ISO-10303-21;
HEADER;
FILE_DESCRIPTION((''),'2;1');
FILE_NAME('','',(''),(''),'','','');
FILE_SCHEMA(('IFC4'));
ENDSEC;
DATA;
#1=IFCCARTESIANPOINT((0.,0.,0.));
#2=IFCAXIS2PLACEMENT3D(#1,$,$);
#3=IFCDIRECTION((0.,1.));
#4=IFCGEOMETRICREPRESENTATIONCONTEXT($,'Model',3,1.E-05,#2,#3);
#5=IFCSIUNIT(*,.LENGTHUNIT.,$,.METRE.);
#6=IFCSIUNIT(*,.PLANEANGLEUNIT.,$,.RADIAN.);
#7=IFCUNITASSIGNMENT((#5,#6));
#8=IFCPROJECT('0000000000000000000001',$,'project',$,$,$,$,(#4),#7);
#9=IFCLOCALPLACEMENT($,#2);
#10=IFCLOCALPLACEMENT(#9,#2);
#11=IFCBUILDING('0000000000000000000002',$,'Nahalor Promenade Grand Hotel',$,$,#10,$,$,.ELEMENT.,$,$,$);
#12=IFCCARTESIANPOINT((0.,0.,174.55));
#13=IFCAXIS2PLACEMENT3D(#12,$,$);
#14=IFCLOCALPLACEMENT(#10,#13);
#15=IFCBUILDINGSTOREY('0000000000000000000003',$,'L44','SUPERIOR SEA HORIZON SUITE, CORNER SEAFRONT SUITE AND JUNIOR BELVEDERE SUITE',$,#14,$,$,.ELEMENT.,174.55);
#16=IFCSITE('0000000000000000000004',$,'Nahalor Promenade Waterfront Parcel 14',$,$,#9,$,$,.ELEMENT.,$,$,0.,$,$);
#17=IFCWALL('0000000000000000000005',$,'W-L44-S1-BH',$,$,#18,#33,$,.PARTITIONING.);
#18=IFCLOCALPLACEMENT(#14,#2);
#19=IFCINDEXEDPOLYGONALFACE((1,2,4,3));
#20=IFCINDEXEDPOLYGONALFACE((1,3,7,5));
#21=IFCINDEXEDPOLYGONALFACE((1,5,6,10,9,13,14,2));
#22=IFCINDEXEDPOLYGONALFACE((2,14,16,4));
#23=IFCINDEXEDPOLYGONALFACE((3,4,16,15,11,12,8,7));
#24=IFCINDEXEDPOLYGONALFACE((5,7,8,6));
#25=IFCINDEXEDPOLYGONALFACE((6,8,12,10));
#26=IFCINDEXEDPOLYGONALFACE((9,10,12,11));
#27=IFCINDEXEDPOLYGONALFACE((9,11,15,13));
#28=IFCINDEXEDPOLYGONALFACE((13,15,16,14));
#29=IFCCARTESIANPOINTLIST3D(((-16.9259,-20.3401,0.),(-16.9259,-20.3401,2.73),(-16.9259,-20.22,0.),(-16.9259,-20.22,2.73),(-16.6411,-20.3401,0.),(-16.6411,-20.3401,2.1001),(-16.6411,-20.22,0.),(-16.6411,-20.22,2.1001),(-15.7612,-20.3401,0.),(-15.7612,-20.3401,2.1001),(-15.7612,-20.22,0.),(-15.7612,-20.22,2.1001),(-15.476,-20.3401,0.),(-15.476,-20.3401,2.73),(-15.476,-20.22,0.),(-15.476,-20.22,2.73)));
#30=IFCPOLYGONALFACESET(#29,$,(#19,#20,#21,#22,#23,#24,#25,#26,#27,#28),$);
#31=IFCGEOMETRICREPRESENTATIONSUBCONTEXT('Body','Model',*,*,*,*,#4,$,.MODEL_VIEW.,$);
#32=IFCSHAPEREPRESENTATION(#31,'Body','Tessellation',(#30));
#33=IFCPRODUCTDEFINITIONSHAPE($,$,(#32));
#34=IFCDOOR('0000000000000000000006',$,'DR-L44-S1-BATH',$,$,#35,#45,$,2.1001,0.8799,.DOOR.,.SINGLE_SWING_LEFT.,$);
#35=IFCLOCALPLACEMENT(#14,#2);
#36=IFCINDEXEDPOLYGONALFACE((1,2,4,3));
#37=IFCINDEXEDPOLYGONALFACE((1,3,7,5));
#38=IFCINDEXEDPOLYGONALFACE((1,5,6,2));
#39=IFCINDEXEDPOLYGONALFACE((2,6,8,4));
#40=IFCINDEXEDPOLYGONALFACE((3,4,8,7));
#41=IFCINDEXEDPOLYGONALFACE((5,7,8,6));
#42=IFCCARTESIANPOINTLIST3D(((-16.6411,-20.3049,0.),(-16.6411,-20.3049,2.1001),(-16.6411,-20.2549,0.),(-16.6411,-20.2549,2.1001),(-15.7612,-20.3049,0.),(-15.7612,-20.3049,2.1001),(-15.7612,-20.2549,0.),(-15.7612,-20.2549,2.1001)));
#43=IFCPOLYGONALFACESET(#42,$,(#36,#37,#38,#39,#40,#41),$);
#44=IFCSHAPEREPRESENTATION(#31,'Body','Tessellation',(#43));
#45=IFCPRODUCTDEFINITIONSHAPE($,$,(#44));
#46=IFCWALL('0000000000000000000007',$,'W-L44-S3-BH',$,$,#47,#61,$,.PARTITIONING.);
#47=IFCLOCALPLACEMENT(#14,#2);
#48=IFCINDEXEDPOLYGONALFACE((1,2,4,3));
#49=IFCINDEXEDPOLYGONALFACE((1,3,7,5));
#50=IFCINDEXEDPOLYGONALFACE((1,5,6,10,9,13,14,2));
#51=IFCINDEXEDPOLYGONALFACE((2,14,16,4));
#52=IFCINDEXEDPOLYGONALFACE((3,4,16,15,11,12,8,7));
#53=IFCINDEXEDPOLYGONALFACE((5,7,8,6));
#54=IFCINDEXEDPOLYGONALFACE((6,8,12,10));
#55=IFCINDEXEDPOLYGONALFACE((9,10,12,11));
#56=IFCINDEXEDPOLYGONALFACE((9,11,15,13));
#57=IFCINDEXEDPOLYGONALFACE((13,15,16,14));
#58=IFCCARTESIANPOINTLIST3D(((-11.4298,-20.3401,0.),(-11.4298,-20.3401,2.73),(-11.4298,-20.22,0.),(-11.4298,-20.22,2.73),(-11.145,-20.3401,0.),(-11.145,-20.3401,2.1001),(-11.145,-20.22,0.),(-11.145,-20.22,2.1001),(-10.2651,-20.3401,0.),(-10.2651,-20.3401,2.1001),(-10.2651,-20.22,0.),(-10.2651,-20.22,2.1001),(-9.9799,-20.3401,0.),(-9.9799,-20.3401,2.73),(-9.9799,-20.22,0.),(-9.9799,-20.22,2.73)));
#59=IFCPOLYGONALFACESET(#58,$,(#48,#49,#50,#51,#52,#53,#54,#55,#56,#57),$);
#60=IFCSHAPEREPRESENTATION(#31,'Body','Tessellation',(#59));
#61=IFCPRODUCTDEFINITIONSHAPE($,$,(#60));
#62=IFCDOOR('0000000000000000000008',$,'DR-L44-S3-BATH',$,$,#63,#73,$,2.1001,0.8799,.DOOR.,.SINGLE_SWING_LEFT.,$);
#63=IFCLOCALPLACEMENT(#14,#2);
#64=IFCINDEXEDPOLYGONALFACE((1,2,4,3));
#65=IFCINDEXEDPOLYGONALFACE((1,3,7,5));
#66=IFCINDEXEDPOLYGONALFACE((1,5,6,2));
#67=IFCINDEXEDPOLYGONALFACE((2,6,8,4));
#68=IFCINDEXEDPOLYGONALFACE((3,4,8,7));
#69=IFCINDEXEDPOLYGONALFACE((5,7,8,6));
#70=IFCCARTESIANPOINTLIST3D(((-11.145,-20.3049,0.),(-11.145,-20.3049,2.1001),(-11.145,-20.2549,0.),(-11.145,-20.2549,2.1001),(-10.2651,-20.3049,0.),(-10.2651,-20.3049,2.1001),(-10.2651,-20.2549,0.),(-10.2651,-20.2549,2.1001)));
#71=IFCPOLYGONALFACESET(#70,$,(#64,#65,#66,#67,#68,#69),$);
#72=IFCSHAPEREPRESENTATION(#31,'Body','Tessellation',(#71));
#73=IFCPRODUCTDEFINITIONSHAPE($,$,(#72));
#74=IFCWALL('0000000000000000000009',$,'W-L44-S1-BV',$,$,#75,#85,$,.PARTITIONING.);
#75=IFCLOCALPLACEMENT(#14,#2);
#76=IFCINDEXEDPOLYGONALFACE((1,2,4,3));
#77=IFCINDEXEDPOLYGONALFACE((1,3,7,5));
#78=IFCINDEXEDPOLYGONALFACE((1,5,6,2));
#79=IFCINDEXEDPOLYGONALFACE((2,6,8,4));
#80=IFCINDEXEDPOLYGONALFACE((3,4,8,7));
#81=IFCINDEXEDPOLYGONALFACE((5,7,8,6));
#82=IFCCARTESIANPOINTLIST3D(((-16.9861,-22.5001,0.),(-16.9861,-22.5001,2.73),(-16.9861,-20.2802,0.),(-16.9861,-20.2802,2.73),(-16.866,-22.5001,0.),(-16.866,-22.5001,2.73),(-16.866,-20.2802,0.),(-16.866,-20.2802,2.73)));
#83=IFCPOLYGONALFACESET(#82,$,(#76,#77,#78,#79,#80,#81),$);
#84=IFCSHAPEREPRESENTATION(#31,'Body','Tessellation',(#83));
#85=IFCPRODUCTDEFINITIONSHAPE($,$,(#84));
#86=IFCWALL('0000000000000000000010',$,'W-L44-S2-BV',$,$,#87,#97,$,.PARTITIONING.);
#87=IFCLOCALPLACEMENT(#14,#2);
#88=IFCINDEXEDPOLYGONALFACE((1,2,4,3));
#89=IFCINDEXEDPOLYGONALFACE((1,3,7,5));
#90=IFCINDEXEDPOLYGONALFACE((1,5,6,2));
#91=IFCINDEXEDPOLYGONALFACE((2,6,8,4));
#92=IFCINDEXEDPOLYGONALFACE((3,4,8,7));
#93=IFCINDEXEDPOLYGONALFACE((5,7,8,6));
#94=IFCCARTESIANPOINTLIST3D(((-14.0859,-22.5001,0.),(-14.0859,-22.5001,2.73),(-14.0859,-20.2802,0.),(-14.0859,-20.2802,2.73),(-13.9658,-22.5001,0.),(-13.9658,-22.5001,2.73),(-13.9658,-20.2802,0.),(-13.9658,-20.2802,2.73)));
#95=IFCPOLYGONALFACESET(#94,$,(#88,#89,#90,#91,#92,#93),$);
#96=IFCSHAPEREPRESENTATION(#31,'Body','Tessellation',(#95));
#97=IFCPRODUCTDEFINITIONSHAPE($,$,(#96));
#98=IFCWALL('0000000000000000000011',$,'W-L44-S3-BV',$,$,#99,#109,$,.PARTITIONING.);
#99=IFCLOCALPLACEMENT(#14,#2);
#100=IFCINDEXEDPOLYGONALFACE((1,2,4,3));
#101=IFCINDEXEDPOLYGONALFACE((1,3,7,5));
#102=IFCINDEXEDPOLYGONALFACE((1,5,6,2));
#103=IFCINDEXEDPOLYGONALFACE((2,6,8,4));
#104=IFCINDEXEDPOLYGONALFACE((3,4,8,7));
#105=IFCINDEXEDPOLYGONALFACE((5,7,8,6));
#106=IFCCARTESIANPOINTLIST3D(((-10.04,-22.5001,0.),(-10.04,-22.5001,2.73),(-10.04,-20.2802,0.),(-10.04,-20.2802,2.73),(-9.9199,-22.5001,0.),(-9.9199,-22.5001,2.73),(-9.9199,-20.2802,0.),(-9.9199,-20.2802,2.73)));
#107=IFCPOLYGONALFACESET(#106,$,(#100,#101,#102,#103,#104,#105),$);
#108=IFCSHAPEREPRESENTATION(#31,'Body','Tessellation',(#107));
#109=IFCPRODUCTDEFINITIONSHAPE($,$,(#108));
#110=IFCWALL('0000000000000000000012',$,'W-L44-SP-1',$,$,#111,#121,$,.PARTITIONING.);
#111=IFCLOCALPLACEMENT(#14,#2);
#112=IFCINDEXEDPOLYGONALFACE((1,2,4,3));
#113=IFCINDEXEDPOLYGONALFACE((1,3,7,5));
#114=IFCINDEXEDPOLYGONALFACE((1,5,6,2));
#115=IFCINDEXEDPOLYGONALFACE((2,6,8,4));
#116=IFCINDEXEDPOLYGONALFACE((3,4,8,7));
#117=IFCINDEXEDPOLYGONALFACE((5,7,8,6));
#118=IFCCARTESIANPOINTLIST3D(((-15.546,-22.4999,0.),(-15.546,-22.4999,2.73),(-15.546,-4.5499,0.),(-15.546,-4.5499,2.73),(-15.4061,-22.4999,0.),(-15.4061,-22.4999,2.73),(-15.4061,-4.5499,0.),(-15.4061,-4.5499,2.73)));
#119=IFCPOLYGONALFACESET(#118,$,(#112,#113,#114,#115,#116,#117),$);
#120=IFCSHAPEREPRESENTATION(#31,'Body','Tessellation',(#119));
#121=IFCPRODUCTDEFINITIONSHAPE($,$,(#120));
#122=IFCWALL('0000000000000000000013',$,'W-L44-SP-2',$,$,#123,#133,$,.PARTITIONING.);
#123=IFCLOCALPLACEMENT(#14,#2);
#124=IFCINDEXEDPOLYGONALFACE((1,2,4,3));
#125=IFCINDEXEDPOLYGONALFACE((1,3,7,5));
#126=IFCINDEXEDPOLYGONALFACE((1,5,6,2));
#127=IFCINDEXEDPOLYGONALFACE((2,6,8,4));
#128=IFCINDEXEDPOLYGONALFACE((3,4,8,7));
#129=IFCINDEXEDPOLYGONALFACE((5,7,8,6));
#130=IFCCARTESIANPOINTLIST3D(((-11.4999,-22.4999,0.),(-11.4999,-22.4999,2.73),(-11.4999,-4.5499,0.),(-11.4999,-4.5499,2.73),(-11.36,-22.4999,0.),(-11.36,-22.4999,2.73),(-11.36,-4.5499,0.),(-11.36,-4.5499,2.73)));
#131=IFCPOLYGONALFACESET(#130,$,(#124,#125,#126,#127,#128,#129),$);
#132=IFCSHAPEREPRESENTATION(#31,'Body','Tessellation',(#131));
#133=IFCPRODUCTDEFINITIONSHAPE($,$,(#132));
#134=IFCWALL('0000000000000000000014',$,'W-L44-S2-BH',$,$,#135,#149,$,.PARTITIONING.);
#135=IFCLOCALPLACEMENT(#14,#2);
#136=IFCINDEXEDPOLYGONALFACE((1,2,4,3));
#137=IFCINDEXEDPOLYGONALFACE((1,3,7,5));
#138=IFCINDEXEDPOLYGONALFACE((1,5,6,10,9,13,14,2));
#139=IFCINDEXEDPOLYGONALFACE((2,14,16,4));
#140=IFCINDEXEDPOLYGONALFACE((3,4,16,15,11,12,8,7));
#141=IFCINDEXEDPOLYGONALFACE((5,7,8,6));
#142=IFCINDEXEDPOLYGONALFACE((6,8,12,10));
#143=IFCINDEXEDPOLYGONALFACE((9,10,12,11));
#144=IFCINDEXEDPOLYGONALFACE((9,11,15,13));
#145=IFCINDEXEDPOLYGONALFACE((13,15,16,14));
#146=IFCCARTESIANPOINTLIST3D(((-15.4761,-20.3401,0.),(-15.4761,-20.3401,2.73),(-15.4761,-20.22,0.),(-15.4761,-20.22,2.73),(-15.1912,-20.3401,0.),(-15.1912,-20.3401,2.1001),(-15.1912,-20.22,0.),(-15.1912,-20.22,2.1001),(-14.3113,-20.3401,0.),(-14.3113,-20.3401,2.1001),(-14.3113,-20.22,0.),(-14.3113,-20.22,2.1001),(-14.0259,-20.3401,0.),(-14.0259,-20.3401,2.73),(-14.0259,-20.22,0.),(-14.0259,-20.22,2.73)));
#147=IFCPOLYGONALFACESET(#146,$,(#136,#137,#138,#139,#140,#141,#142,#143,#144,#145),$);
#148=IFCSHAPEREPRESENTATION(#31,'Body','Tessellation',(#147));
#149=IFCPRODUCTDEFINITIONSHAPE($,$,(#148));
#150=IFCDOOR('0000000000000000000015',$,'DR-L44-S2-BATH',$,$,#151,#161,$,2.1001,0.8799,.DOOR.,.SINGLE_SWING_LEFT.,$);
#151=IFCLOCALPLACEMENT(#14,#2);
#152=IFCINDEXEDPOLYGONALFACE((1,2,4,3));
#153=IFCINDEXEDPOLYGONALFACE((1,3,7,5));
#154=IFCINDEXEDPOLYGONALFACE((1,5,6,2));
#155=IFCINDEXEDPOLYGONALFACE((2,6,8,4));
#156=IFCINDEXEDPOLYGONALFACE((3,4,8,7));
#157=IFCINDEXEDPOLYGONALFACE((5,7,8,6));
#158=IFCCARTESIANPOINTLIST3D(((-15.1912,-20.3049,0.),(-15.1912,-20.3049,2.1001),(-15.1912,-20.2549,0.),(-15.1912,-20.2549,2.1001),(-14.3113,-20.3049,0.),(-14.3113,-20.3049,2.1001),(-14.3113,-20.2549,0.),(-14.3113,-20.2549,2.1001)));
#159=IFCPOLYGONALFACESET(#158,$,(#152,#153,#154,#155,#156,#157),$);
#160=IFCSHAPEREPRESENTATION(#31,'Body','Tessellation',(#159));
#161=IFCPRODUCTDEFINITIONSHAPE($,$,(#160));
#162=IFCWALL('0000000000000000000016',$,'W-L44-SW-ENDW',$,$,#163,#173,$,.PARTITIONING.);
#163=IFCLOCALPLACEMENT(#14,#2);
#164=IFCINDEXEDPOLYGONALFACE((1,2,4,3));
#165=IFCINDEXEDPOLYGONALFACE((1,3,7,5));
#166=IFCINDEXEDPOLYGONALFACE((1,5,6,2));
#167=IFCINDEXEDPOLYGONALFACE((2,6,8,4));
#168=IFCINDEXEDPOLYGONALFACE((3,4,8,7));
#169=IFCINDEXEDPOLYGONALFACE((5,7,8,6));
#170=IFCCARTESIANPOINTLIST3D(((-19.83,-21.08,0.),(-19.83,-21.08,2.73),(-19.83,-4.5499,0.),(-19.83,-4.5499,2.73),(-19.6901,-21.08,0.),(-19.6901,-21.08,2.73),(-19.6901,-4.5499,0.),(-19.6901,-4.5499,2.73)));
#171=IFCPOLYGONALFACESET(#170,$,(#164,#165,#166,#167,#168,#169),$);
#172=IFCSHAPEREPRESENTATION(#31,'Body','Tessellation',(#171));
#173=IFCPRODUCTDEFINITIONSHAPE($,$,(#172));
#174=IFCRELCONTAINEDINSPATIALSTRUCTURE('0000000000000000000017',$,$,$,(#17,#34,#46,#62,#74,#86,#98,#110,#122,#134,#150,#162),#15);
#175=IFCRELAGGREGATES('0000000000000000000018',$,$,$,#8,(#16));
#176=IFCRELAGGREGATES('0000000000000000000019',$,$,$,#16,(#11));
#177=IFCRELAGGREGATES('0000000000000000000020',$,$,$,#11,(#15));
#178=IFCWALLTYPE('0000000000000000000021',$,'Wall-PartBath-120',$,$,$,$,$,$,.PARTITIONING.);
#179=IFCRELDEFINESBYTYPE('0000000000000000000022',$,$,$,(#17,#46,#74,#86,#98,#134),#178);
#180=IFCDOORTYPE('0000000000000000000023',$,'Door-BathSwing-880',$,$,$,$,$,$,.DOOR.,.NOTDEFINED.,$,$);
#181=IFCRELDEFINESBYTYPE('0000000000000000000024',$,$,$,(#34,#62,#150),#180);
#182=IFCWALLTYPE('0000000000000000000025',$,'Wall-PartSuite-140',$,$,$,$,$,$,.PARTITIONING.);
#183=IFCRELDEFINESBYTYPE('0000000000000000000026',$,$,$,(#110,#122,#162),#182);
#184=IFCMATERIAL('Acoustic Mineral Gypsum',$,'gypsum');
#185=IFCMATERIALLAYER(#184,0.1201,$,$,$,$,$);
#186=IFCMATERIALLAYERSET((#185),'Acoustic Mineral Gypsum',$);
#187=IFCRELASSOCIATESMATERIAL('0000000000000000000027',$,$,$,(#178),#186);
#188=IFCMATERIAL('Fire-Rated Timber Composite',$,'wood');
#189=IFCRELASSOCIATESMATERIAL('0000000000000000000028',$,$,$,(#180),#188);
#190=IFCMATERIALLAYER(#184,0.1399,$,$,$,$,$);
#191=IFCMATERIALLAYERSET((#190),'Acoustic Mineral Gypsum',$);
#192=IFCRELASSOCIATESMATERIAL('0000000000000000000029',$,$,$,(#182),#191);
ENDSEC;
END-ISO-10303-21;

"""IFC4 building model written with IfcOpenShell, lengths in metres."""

from ifc_helpers import new_model, si_unit, direction, frame, frame_2d, origin, place, context, subcontext, project, spatial, rectangle, extrude, source, transform, mapped, material, layer, layer_set, type_object, element, fill, save


model = new_model("IFC4")

# Units and contexts
model_context = context("Model", 3, precision=1e-05, world=origin(), true_north=direction((0.0, 1.0)))
body_context = subcontext(model_context, "Body", "Model", "MODEL_VIEW")
ifc_project = project(units=[si_unit("LENGTHUNIT", "METRE"), si_unit("PLANEANGLEUNIT", "RADIAN")], contexts=[model_context])

# Site, building, storey
site_placement = place(None, origin())
site = spatial("IfcSite", under=ifc_project, at=site_placement, Name="Nahalor Promenade Waterfront Parcel 14", CompositionType="ELEMENT", RefElevation=0.0)
building_placement = place(site_placement, origin())
building = spatial("IfcBuilding", under=site, at=building_placement, Name="Nahalor Promenade Grand Hotel", CompositionType="ELEMENT")
storey_placement = place(building_placement, frame((0.0, 0.0, 174.55)))
storey = spatial("IfcBuildingStorey", under=building, at=storey_placement, Name="L44", Description="SUPERIOR SEA HORIZON SUITE, CORNER SEAFRONT SUITE AND JUNIOR BELVEDERE SUITE", CompositionType="ELEMENT", Elevation=174.55)

# Walls, openings, doors
ifc_material_1 = material(Name="Acoustic Mineral Gypsum", Category="gypsum")
ifc_layer_1 = layer(ifc_material_1, 0.1201)
ifc_layer_set_1 = layer_set([ifc_layer_1], Name="Acoustic Mineral Gypsum")
wall_type_1 = type_object("IfcWallType", Name="Wall-PartBath-120", PredefinedType="PARTITIONING", material=ifc_layer_set_1)
shared_shape_1 = source(origin(), body_context, "Body", "SweptSolid", [
    extrude(rectangle(XDim=1.45, YDim=0.1201, at=frame_2d((0.7251, 0.0))), origin(), (0.0, 0.0, 1.0), 2.73),
])
wall_1_placement = place(storey_placement, frame((-16.926, -20.28, 0.0), z_axis=(0.0, 0.0, 1.0), x_axis=(1.0, 0.0, 0.0)))
wall_1 = element("IfcWall", 1, at=wall_1_placement, inside=storey, type_object=wall_type_1, Name="W-L44-S1-BH", PredefinedType="PARTITIONING", context=body_context, shape_type="MappedRepresentation", body=[
    mapped(shared_shape_1, transform((0.0, 0.0, 0.0), scale=1.0)),
])
opening_1_placement = place(wall_1_placement, frame((0.2849, 0.0, 0.0)))
opening_1 = element("IfcOpeningElement", 2, at=opening_1_placement, cuts=wall_1, PredefinedType="OPENING", context=body_context, shape_type="SweptSolid", body=[
    extrude(rectangle(XDim=0.8799, YDim=2.1001, at=frame_2d((0.4399, 1.05))), frame((0.0, 0.0701, 0.0), z_axis=(0.0, -1.0, 0.0), x_axis=(1.0, 0.0, 0.0)), (0.0, 0.0, 1.0), 0.1401),
])
ifc_material_2 = material(Name="Fire-Rated Timber Composite", Category="wood")
door_type = type_object("IfcDoorType", Name="Door-BathSwing-880", OperationType="NOTDEFINED", PredefinedType="DOOR", material=ifc_material_2)
shared_shape_2 = source(origin(), body_context, "Body", "SweptSolid", [
    extrude(rectangle(XDim=0.8799, YDim=2.1001, at=frame_2d((0.4399, 1.05))), frame((0.0, 0.0249, 0.0), z_axis=(0.0, -1.0, 0.0), x_axis=(1.0, 0.0, 0.0)), (0.0, 0.0, 1.0), 0.05),
])
door_1_placement = place(opening_1_placement, frame((0.8799, 0.0, 0.0), z_axis=(0.0, 0.0, 1.0), x_axis=(-1.0, 0.0, 0.0)))
door_1 = element("IfcDoor", 3, at=door_1_placement, inside=storey, type_object=door_type, Name="DR-L44-S1-BATH", OperationType="SINGLE_SWING_LEFT", OverallHeight=2.1001, OverallWidth=0.8799, PredefinedType="DOOR", context=body_context, shape_type="MappedRepresentation", body=[
    mapped(shared_shape_2, transform((0.0, 0.0, 0.0), scale=1.0)),
])
fill(opening_1, door_1)
wall_2_placement = place(storey_placement, frame((-11.4299, -20.28, 0.0), z_axis=(0.0, 0.0, 1.0), x_axis=(1.0, 0.0, 0.0)))
wall_2 = element("IfcWall", 4, at=wall_2_placement, inside=storey, type_object=wall_type_1, Name="W-L44-S3-BH", PredefinedType="PARTITIONING", context=body_context, shape_type="MappedRepresentation", body=[
    mapped(shared_shape_1, transform((0.0, 0.0, 0.0), scale=1.0)),
])
opening_2_placement = place(wall_2_placement, frame((0.2849, 0.0, 0.0)))
opening_2 = element("IfcOpeningElement", 5, at=opening_2_placement, cuts=wall_2, PredefinedType="OPENING", context=body_context, shape_type="SweptSolid", body=[
    extrude(rectangle(XDim=0.8799, YDim=2.1001, at=frame_2d((0.4399, 1.05))), frame((0.0, 0.0701, 0.0), z_axis=(0.0, -1.0, 0.0), x_axis=(1.0, 0.0, 0.0)), (0.0, 0.0, 1.0), 0.1401),
])
door_2_placement = place(opening_2_placement, frame((0.8799, 0.0, 0.0), z_axis=(0.0, 0.0, 1.0), x_axis=(-1.0, 0.0, 0.0)))
door_2 = element("IfcDoor", 6, at=door_2_placement, inside=storey, type_object=door_type, Name="DR-L44-S3-BATH", OperationType="SINGLE_SWING_LEFT", OverallHeight=2.1001, OverallWidth=0.8799, PredefinedType="DOOR", context=body_context, shape_type="MappedRepresentation", body=[
    mapped(shared_shape_2, transform((0.0, 0.0, 0.0), scale=1.0)),
])
fill(opening_2, door_2)

# Walls
shared_shape_3 = source(origin(), body_context, "Body", "SweptSolid", [
    extrude(rectangle(XDim=2.22, YDim=0.1201, at=frame_2d((1.1099, 0.0))), origin(), (0.0, 0.0, 1.0), 2.73),
])
for number, where, z_axis, x_axis, name in (
    (7, (-16.926, -22.5, 0.0), (0.0, 0.0, 1.0), (0.0, 1.0, 0.0), "W-L44-S1-BV"),
    (8, (-14.0259, -22.5, 0.0), (0.0, 0.0, 1.0), (0.0, 1.0, 0.0), "W-L44-S2-BV"),
    (9, (-9.98, -22.5, 0.0), (0.0, 0.0, 1.0), (0.0, 1.0, 0.0), "W-L44-S3-BV"),
):
    element("IfcWall", number, at=place(storey_placement, frame(where, z_axis=z_axis, x_axis=x_axis)), inside=storey, type_object=wall_type_1, Name=name, PredefinedType="PARTITIONING", context=body_context, shape_type="MappedRepresentation", body=[
        mapped(shared_shape_3, transform((0.0, 0.0, 0.0), scale=1.0)),
    ])
ifc_layer_2 = layer(ifc_material_1, 0.1399)
ifc_layer_set_2 = layer_set([ifc_layer_2], Name="Acoustic Mineral Gypsum")
wall_type_2 = type_object("IfcWallType", Name="Wall-PartSuite-140", PredefinedType="PARTITIONING", material=ifc_layer_set_2)
shared_shape_4 = source(origin(), body_context, "Body", "SweptSolid", [
    extrude(rectangle(XDim=17.95, YDim=0.1399, at=frame_2d((8.9751, 0.0))), origin(), (0.0, 0.0, 1.0), 2.73),
])
for number, where, z_axis, x_axis, name in (
    (10, (-15.4761, -22.5, 0.0), (0.0, 0.0, 1.0), (0.0, 1.0, 0.0), "W-L44-SP-1"),
    (11, (-11.4299, -22.5, 0.0), (0.0, 0.0, 1.0), (0.0, 1.0, 0.0), "W-L44-SP-2"),
):
    element("IfcWall", number, at=place(storey_placement, frame(where, z_axis=z_axis, x_axis=x_axis)), inside=storey, type_object=wall_type_2, Name=name, PredefinedType="PARTITIONING", context=body_context, shape_type="MappedRepresentation", body=[
        mapped(shared_shape_4, transform((0.0, 0.0, 0.0), scale=1.0)),
    ])

# Wall, opening, door
shared_shape_5 = source(origin(), body_context, "Body", "SweptSolid", [
    extrude(rectangle(XDim=1.4502, YDim=0.1201, at=frame_2d((0.7251, 0.0))), origin(), (0.0, 0.0, 1.0), 2.73),
])
wall_3_placement = place(storey_placement, frame((-15.4761, -20.28, 0.0), z_axis=(0.0, 0.0, 1.0), x_axis=(1.0, 0.0, 0.0)))
wall_3 = element("IfcWall", 12, at=wall_3_placement, inside=storey, type_object=wall_type_1, Name="W-L44-S2-BH", PredefinedType="PARTITIONING", context=body_context, shape_type="MappedRepresentation", body=[
    mapped(shared_shape_5, transform((0.0, 0.0, 0.0), scale=1.0)),
])
opening_3_placement = place(wall_3_placement, frame((0.2849, 0.0, 0.0)))
opening_3 = element("IfcOpeningElement", 13, at=opening_3_placement, cuts=wall_3, PredefinedType="OPENING", context=body_context, shape_type="SweptSolid", body=[
    extrude(rectangle(XDim=0.8799, YDim=2.1001, at=frame_2d((0.4399, 1.05))), frame((0.0, 0.0701, 0.0), z_axis=(0.0, -1.0, 0.0), x_axis=(1.0, 0.0, 0.0)), (0.0, 0.0, 1.0), 0.1401),
])
door_3_placement = place(opening_3_placement, frame((0.8799, 0.0, 0.0), z_axis=(0.0, 0.0, 1.0), x_axis=(-1.0, 0.0, 0.0)))
door_3 = element("IfcDoor", 14, at=door_3_placement, inside=storey, type_object=door_type, Name="DR-L44-S2-BATH", OperationType="SINGLE_SWING_LEFT", OverallHeight=2.1001, OverallWidth=0.8799, PredefinedType="DOOR", context=body_context, shape_type="MappedRepresentation", body=[
    mapped(shared_shape_2, transform((0.0, 0.0, 0.0), scale=1.0)),
])
fill(opening_3, door_3)

# Wall
shared_shape_6 = source(origin(), body_context, "Body", "SweptSolid", [
    extrude(rectangle(XDim=16.53, YDim=0.1399, at=frame_2d((8.2651, 0.0))), origin(), (0.0, 0.0, 1.0), 2.73),
])
wall_4_placement = place(storey_placement, frame((-19.76, -21.0801, 0.0), z_axis=(0.0, 0.0, 1.0), x_axis=(0.0, 1.0, 0.0)))
element("IfcWall", 15, at=wall_4_placement, inside=storey, type_object=wall_type_2, Name="W-L44-SW-ENDW", PredefinedType="PARTITIONING", context=body_context, shape_type="MappedRepresentation", body=[
    mapped(shared_shape_6, transform((0.0, 0.0, 0.0), scale=1.0)),
])

save(model, "model.ifc")
